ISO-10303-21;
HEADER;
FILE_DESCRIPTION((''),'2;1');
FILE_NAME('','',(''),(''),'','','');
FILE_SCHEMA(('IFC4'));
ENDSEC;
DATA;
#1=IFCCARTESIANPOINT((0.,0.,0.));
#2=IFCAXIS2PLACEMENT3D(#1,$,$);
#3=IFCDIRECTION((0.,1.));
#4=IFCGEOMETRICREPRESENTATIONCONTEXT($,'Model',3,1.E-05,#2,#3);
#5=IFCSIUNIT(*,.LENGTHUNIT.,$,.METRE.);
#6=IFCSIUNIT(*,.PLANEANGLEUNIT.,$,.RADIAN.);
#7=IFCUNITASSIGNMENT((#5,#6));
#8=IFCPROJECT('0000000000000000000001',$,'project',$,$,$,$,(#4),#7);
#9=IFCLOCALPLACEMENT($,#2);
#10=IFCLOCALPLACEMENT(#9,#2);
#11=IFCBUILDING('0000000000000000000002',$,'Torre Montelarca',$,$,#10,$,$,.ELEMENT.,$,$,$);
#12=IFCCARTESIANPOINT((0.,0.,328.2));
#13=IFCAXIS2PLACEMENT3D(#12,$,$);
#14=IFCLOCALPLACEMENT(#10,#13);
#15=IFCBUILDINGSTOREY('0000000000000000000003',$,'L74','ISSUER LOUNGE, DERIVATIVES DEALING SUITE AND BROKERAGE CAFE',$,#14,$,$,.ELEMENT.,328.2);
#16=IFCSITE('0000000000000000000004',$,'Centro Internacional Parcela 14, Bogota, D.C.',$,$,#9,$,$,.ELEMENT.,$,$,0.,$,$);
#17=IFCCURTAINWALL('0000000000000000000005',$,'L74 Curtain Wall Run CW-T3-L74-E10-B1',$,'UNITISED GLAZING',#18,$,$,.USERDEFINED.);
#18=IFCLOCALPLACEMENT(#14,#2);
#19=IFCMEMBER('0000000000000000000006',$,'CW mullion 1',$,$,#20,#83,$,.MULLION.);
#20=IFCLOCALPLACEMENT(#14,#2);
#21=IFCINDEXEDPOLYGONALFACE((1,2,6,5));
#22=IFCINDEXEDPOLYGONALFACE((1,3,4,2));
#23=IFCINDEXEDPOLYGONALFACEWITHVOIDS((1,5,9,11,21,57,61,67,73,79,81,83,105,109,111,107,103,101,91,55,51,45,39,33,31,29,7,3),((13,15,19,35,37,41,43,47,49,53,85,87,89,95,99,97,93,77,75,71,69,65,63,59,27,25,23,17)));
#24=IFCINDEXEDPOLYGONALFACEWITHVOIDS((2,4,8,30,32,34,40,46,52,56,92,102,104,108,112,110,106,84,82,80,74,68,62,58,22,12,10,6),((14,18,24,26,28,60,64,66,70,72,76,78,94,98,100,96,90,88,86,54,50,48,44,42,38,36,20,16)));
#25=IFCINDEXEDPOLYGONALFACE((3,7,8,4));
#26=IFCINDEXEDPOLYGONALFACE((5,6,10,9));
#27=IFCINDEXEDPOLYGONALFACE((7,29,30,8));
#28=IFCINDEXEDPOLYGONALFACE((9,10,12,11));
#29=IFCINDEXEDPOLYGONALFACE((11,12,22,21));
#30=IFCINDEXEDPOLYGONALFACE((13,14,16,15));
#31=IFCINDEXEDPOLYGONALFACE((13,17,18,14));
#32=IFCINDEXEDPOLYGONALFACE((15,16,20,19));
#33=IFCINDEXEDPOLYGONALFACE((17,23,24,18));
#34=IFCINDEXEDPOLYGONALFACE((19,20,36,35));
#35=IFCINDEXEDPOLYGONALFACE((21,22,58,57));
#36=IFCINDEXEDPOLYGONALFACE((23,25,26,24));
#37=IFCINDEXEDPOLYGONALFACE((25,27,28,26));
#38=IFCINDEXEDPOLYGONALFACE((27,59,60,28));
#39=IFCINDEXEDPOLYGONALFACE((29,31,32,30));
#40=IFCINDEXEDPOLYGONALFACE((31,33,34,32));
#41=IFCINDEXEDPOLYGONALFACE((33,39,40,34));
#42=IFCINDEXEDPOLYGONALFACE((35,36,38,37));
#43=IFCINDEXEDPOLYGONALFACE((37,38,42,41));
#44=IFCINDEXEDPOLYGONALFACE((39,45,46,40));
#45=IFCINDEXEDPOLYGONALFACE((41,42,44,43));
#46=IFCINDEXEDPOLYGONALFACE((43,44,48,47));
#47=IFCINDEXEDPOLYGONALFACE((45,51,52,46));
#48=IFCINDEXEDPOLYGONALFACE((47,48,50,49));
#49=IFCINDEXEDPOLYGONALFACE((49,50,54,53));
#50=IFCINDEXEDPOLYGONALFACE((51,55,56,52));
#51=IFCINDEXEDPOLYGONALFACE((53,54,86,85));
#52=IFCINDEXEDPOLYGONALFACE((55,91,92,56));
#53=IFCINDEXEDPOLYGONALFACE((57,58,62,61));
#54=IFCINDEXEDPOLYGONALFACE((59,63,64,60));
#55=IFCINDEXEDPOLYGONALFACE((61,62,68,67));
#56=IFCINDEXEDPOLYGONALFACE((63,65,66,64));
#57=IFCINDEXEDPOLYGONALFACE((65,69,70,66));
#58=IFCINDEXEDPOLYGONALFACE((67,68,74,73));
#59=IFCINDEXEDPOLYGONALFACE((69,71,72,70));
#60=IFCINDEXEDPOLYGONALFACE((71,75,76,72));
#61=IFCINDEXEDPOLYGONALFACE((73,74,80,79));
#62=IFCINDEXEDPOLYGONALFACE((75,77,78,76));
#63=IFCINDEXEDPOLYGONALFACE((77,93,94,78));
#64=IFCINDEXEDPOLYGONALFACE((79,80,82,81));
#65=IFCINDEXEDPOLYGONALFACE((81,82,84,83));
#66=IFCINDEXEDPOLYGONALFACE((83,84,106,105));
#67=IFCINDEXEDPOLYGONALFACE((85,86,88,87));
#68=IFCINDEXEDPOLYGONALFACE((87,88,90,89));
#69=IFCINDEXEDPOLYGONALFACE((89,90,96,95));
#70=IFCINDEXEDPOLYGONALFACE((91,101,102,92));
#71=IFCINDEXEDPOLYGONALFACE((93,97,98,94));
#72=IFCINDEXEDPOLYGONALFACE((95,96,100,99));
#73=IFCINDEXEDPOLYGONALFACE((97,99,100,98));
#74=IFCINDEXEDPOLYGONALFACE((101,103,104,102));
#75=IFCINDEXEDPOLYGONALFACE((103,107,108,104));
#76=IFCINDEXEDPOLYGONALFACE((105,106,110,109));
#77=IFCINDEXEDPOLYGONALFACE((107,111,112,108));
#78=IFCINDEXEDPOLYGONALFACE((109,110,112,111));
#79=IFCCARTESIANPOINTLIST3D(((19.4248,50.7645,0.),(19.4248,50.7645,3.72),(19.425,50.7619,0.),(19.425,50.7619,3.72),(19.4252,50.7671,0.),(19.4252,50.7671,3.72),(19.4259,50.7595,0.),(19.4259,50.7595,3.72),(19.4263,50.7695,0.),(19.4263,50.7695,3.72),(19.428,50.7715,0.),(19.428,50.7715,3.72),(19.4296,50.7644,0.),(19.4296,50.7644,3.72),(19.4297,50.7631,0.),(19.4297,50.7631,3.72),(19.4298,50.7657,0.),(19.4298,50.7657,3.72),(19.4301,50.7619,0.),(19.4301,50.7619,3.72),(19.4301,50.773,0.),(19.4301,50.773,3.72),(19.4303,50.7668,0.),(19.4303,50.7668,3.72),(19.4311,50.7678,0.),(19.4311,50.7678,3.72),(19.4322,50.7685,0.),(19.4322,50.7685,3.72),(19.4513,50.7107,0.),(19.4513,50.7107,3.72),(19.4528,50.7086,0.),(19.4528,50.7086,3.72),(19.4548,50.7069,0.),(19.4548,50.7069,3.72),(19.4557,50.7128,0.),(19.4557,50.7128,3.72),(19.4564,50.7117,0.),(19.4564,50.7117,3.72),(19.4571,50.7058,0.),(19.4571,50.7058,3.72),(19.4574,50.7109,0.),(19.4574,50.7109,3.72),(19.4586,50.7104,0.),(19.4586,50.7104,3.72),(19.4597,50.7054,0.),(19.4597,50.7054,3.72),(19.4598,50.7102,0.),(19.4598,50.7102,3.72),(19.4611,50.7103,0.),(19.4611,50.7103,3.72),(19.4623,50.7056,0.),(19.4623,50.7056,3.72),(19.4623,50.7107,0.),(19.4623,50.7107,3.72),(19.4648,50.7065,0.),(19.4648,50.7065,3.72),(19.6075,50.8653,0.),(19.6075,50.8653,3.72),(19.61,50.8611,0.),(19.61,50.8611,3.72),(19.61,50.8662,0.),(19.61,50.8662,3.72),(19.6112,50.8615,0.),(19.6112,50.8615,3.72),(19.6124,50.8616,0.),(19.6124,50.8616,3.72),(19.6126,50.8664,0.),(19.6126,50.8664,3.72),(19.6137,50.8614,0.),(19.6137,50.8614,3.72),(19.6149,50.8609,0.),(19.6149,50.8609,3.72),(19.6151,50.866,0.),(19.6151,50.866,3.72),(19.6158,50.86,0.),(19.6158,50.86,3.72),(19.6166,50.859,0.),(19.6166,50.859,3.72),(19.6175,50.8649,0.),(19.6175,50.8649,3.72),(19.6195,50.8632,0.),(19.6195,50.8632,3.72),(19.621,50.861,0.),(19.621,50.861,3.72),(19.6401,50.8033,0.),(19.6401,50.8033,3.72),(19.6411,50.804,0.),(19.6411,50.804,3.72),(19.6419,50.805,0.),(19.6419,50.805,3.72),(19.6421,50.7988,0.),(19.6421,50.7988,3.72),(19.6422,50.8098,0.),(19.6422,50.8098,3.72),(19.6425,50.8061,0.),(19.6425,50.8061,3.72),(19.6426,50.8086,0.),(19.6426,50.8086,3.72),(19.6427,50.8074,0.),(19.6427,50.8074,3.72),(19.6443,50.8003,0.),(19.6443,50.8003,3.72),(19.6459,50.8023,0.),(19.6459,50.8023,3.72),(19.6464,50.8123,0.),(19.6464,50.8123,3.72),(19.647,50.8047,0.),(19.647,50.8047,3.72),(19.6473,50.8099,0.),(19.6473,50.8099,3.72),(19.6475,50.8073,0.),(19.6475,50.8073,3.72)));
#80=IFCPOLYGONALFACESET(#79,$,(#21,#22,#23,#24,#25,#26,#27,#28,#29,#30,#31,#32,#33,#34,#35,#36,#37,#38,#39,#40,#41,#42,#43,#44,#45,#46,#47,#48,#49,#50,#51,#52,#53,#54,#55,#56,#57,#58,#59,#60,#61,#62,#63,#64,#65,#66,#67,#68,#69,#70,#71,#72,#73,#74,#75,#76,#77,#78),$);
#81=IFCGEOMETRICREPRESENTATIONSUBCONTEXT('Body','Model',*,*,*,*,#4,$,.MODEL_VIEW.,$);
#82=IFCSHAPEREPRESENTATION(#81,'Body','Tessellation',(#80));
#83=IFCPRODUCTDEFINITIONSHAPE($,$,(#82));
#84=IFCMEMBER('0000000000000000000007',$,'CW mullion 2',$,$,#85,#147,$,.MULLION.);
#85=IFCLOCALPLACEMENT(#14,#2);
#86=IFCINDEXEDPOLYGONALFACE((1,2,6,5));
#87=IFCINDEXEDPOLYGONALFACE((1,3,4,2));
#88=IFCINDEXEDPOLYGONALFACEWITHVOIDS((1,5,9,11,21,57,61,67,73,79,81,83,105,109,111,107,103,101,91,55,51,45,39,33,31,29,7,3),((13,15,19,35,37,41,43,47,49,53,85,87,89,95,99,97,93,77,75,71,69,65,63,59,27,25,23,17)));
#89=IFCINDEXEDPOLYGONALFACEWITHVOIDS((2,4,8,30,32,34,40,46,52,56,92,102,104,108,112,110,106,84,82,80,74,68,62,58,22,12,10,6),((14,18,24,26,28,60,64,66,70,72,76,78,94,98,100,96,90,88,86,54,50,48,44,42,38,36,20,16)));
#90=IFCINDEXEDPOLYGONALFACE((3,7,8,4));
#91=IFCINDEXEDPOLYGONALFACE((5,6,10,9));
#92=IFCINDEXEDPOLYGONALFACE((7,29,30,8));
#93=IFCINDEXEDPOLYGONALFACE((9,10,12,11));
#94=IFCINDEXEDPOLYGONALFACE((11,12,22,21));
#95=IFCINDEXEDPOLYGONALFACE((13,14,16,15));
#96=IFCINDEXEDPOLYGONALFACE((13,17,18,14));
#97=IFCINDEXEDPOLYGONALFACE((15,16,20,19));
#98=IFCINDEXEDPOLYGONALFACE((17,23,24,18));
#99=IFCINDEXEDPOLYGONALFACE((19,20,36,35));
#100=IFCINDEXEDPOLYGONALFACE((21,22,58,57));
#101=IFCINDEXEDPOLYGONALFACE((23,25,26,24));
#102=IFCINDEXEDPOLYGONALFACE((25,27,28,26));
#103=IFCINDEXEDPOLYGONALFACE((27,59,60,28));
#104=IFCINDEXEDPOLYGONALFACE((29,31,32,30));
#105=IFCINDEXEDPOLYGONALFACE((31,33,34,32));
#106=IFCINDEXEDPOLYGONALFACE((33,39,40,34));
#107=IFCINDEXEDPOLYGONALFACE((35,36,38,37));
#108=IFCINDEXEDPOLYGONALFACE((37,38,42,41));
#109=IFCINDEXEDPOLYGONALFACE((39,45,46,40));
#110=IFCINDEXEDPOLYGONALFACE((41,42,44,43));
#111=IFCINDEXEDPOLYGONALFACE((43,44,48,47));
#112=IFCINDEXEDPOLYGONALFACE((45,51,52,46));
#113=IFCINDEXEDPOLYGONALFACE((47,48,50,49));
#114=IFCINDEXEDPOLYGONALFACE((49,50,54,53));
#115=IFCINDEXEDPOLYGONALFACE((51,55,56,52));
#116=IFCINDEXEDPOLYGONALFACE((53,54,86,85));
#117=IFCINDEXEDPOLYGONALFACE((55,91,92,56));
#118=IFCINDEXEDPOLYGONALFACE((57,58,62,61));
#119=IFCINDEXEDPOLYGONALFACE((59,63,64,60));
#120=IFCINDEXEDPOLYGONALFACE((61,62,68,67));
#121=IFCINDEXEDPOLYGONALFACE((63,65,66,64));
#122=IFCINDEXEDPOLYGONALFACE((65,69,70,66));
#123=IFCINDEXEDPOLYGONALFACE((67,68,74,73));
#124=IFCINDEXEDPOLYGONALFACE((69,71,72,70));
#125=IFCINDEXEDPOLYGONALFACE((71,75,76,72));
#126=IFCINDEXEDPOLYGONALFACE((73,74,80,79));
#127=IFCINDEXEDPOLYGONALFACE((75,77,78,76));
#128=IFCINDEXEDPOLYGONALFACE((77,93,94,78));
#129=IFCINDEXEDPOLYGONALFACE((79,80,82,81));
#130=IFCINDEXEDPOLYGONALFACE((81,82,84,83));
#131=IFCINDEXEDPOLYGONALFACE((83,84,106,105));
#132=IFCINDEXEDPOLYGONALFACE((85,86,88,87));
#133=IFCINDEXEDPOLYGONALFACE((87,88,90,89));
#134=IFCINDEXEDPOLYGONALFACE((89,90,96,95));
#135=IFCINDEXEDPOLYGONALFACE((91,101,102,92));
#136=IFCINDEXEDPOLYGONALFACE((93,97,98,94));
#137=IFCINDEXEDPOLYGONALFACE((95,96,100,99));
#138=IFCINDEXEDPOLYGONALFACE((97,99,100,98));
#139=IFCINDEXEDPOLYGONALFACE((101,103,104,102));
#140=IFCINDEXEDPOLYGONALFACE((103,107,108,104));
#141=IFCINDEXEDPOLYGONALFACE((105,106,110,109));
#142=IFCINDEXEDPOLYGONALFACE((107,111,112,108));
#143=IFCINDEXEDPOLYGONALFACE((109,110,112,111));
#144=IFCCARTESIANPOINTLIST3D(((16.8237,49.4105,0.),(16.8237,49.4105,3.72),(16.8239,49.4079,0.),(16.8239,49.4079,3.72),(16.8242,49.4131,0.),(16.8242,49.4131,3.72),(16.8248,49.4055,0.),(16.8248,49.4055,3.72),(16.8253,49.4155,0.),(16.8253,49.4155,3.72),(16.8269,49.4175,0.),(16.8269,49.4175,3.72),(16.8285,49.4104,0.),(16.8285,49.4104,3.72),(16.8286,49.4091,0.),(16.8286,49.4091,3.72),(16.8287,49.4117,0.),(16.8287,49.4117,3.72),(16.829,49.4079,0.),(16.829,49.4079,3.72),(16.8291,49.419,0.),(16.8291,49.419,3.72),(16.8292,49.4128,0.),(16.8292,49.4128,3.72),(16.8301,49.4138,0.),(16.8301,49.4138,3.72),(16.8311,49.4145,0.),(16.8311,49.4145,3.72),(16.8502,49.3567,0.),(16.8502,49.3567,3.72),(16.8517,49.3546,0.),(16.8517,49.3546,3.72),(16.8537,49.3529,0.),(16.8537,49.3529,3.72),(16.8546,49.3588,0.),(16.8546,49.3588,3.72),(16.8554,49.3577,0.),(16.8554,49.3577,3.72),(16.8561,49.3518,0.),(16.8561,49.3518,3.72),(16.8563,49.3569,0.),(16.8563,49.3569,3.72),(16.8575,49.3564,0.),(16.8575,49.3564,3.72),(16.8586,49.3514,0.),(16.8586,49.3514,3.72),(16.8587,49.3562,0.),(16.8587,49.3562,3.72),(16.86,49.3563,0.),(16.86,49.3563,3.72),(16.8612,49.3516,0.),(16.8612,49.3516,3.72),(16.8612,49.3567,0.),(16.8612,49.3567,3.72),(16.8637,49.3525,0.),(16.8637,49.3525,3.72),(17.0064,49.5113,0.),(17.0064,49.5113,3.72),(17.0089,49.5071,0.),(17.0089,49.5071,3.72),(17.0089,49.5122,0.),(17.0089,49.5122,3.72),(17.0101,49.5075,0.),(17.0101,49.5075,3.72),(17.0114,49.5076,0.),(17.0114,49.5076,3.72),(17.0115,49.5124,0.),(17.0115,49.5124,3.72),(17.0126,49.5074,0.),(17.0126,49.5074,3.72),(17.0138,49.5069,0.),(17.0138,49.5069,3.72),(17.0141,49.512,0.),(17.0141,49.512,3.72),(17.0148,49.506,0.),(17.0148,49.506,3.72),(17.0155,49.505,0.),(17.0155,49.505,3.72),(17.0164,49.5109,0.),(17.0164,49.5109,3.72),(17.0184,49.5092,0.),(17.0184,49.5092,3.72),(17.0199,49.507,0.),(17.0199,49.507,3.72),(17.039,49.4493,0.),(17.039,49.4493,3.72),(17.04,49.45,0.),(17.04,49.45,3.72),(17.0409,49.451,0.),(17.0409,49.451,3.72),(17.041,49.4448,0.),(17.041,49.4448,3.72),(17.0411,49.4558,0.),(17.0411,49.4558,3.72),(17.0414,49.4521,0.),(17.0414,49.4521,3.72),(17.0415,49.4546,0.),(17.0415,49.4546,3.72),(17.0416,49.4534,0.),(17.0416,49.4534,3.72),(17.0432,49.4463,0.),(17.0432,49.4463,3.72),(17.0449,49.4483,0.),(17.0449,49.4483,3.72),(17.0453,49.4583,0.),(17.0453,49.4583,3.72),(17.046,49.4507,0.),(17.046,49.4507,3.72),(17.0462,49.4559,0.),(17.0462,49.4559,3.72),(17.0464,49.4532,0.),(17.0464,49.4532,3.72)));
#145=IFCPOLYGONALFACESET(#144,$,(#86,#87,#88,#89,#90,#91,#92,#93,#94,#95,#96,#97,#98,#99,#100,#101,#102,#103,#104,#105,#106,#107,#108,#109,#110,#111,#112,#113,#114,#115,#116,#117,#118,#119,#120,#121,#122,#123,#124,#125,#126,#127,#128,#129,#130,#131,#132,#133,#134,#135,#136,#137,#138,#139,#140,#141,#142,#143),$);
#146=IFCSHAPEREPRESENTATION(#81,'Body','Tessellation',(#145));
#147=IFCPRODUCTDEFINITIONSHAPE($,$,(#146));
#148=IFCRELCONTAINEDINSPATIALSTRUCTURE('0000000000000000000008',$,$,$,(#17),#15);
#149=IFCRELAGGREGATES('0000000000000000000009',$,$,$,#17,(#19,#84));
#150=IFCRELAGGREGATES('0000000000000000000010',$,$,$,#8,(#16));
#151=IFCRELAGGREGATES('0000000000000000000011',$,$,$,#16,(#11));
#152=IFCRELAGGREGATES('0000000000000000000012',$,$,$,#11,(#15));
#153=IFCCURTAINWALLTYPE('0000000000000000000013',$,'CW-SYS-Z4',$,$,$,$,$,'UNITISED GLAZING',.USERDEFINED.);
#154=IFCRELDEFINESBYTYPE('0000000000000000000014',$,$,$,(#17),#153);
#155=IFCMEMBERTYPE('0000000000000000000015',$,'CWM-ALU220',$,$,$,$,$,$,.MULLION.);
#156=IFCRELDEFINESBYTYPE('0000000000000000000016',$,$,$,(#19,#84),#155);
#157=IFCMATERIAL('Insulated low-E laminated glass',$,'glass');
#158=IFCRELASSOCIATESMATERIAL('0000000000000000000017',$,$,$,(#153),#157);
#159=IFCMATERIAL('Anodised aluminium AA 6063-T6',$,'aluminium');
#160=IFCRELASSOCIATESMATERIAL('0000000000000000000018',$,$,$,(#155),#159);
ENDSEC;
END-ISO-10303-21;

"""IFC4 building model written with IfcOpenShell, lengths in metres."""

from ifc_helpers import new_model, si_unit, direction, frame, origin, origin_2d, place, context, subcontext, project, spatial, hollow_rectangle, extrude, source, transform, mapped, material, material_profile, profile_set, type_object, element, aggregate, save


model = new_model("IFC4")

# Units and contexts
model_context = context("Model", 3, precision=1e-05, world=origin(), true_north=direction((0.0, 1.0)))
body_context = subcontext(model_context, "Body", "Model", "MODEL_VIEW")
ifc_project = project(units=[si_unit("LENGTHUNIT", "METRE"), si_unit("PLANEANGLEUNIT", "RADIAN")], contexts=[model_context])

# Site, building, storey
site_placement = place(None, origin())
site = spatial("IfcSite", under=ifc_project, at=site_placement, Name="Centro Internacional Parcela 14, Bogota, D.C.", CompositionType="ELEMENT", RefElevation=0.0)
building_placement = place(site_placement, origin())
building = spatial("IfcBuilding", under=site, at=building_placement, Name="Torre Montelarca", CompositionType="ELEMENT")
storey_placement = place(building_placement, frame((0.0, 0.0, 328.2)))
storey = spatial("IfcBuildingStorey", under=building, at=storey_placement, Name="L74", Description="ISSUER LOUNGE, DERIVATIVES DEALING SUITE AND BROKERAGE CAFE", CompositionType="ELEMENT", Elevation=328.2)

# Curtain wall, members
ifc_material_1 = material(Name="Insulated low-E laminated glass", Category="glass")
curtain_wall_type = type_object("IfcCurtainWallType", Name="CW-SYS-Z4", ElementType="UNITISED GLAZING", PredefinedType="USERDEFINED", material=ifc_material_1)
curtain_wall_placement = place(storey_placement, origin())
curtain_wall = element("IfcCurtainWall", 1, at=curtain_wall_placement, inside=storey, type_object=curtain_wall_type, Name="L74 Curtain Wall Run CW-T3-L74-E10-B1", ObjectType="UNITISED GLAZING", PredefinedType="USERDEFINED")
ifc_material_2 = material(Name="Anodised aluminium AA 6063-T6", Category="aluminium")
ifc_material_profile_1 = material_profile(ifc_material_2, hollow_rectangle(XDim=0.075, YDim=0.22, WallThickness=0.0049, InnerFilletRadius=0.0049, OuterFilletRadius=0.01, at=origin_2d()), Name="ALU75X220X5", Category="aluminium")
ifc_profile_set_1 = profile_set([ifc_material_profile_1], Name="Anodised aluminium AA 6063-T6")
member_type_1 = type_object("IfcMemberType", Name="CWM-ALU220", PredefinedType="MULLION", material=ifc_profile_set_1)
shared_shape_1 = source(origin(), body_context, "Body", "SweptSolid", [
    extrude(hollow_rectangle(XDim=0.075, YDim=0.22, WallThickness=0.0049, InnerFilletRadius=0.0049, OuterFilletRadius=0.01, at=origin_2d()), origin(), (0.0, 0.0, 1.0), 3.72),
])
member_1_placement = place(storey_placement, frame((19.5361, 50.7859, 0.0), z_axis=(0.0, 0.0, 1.0), x_axis=(0.461753, -0.887008, 0.0)))
member_1 = element("IfcMember", 2, at=member_1_placement, type_object=member_type_1, Name="CW mullion 1", PredefinedType="MULLION", context=body_context, shape_type="MappedRepresentation", body=[
    mapped(shared_shape_1, transform((0.0, 0.0, 0.0), scale=1.0)),
])
member_2_placement = place(storey_placement, frame((16.9351, 49.4319, 0.0), z_axis=(0.0, 0.0, 1.0), x_axis=(0.461753, -0.887008, 0.0)))
member_2 = element("IfcMember", 3, at=member_2_placement, type_object=member_type_1, Name="CW mullion 2", PredefinedType="MULLION", context=body_context, shape_type="MappedRepresentation", body=[
    mapped(shared_shape_1, transform((0.0, 0.0, 0.0), scale=1.0)),
])
aggregate(curtain_wall, [member_1, member_2])

save(model, "model.ifc")
